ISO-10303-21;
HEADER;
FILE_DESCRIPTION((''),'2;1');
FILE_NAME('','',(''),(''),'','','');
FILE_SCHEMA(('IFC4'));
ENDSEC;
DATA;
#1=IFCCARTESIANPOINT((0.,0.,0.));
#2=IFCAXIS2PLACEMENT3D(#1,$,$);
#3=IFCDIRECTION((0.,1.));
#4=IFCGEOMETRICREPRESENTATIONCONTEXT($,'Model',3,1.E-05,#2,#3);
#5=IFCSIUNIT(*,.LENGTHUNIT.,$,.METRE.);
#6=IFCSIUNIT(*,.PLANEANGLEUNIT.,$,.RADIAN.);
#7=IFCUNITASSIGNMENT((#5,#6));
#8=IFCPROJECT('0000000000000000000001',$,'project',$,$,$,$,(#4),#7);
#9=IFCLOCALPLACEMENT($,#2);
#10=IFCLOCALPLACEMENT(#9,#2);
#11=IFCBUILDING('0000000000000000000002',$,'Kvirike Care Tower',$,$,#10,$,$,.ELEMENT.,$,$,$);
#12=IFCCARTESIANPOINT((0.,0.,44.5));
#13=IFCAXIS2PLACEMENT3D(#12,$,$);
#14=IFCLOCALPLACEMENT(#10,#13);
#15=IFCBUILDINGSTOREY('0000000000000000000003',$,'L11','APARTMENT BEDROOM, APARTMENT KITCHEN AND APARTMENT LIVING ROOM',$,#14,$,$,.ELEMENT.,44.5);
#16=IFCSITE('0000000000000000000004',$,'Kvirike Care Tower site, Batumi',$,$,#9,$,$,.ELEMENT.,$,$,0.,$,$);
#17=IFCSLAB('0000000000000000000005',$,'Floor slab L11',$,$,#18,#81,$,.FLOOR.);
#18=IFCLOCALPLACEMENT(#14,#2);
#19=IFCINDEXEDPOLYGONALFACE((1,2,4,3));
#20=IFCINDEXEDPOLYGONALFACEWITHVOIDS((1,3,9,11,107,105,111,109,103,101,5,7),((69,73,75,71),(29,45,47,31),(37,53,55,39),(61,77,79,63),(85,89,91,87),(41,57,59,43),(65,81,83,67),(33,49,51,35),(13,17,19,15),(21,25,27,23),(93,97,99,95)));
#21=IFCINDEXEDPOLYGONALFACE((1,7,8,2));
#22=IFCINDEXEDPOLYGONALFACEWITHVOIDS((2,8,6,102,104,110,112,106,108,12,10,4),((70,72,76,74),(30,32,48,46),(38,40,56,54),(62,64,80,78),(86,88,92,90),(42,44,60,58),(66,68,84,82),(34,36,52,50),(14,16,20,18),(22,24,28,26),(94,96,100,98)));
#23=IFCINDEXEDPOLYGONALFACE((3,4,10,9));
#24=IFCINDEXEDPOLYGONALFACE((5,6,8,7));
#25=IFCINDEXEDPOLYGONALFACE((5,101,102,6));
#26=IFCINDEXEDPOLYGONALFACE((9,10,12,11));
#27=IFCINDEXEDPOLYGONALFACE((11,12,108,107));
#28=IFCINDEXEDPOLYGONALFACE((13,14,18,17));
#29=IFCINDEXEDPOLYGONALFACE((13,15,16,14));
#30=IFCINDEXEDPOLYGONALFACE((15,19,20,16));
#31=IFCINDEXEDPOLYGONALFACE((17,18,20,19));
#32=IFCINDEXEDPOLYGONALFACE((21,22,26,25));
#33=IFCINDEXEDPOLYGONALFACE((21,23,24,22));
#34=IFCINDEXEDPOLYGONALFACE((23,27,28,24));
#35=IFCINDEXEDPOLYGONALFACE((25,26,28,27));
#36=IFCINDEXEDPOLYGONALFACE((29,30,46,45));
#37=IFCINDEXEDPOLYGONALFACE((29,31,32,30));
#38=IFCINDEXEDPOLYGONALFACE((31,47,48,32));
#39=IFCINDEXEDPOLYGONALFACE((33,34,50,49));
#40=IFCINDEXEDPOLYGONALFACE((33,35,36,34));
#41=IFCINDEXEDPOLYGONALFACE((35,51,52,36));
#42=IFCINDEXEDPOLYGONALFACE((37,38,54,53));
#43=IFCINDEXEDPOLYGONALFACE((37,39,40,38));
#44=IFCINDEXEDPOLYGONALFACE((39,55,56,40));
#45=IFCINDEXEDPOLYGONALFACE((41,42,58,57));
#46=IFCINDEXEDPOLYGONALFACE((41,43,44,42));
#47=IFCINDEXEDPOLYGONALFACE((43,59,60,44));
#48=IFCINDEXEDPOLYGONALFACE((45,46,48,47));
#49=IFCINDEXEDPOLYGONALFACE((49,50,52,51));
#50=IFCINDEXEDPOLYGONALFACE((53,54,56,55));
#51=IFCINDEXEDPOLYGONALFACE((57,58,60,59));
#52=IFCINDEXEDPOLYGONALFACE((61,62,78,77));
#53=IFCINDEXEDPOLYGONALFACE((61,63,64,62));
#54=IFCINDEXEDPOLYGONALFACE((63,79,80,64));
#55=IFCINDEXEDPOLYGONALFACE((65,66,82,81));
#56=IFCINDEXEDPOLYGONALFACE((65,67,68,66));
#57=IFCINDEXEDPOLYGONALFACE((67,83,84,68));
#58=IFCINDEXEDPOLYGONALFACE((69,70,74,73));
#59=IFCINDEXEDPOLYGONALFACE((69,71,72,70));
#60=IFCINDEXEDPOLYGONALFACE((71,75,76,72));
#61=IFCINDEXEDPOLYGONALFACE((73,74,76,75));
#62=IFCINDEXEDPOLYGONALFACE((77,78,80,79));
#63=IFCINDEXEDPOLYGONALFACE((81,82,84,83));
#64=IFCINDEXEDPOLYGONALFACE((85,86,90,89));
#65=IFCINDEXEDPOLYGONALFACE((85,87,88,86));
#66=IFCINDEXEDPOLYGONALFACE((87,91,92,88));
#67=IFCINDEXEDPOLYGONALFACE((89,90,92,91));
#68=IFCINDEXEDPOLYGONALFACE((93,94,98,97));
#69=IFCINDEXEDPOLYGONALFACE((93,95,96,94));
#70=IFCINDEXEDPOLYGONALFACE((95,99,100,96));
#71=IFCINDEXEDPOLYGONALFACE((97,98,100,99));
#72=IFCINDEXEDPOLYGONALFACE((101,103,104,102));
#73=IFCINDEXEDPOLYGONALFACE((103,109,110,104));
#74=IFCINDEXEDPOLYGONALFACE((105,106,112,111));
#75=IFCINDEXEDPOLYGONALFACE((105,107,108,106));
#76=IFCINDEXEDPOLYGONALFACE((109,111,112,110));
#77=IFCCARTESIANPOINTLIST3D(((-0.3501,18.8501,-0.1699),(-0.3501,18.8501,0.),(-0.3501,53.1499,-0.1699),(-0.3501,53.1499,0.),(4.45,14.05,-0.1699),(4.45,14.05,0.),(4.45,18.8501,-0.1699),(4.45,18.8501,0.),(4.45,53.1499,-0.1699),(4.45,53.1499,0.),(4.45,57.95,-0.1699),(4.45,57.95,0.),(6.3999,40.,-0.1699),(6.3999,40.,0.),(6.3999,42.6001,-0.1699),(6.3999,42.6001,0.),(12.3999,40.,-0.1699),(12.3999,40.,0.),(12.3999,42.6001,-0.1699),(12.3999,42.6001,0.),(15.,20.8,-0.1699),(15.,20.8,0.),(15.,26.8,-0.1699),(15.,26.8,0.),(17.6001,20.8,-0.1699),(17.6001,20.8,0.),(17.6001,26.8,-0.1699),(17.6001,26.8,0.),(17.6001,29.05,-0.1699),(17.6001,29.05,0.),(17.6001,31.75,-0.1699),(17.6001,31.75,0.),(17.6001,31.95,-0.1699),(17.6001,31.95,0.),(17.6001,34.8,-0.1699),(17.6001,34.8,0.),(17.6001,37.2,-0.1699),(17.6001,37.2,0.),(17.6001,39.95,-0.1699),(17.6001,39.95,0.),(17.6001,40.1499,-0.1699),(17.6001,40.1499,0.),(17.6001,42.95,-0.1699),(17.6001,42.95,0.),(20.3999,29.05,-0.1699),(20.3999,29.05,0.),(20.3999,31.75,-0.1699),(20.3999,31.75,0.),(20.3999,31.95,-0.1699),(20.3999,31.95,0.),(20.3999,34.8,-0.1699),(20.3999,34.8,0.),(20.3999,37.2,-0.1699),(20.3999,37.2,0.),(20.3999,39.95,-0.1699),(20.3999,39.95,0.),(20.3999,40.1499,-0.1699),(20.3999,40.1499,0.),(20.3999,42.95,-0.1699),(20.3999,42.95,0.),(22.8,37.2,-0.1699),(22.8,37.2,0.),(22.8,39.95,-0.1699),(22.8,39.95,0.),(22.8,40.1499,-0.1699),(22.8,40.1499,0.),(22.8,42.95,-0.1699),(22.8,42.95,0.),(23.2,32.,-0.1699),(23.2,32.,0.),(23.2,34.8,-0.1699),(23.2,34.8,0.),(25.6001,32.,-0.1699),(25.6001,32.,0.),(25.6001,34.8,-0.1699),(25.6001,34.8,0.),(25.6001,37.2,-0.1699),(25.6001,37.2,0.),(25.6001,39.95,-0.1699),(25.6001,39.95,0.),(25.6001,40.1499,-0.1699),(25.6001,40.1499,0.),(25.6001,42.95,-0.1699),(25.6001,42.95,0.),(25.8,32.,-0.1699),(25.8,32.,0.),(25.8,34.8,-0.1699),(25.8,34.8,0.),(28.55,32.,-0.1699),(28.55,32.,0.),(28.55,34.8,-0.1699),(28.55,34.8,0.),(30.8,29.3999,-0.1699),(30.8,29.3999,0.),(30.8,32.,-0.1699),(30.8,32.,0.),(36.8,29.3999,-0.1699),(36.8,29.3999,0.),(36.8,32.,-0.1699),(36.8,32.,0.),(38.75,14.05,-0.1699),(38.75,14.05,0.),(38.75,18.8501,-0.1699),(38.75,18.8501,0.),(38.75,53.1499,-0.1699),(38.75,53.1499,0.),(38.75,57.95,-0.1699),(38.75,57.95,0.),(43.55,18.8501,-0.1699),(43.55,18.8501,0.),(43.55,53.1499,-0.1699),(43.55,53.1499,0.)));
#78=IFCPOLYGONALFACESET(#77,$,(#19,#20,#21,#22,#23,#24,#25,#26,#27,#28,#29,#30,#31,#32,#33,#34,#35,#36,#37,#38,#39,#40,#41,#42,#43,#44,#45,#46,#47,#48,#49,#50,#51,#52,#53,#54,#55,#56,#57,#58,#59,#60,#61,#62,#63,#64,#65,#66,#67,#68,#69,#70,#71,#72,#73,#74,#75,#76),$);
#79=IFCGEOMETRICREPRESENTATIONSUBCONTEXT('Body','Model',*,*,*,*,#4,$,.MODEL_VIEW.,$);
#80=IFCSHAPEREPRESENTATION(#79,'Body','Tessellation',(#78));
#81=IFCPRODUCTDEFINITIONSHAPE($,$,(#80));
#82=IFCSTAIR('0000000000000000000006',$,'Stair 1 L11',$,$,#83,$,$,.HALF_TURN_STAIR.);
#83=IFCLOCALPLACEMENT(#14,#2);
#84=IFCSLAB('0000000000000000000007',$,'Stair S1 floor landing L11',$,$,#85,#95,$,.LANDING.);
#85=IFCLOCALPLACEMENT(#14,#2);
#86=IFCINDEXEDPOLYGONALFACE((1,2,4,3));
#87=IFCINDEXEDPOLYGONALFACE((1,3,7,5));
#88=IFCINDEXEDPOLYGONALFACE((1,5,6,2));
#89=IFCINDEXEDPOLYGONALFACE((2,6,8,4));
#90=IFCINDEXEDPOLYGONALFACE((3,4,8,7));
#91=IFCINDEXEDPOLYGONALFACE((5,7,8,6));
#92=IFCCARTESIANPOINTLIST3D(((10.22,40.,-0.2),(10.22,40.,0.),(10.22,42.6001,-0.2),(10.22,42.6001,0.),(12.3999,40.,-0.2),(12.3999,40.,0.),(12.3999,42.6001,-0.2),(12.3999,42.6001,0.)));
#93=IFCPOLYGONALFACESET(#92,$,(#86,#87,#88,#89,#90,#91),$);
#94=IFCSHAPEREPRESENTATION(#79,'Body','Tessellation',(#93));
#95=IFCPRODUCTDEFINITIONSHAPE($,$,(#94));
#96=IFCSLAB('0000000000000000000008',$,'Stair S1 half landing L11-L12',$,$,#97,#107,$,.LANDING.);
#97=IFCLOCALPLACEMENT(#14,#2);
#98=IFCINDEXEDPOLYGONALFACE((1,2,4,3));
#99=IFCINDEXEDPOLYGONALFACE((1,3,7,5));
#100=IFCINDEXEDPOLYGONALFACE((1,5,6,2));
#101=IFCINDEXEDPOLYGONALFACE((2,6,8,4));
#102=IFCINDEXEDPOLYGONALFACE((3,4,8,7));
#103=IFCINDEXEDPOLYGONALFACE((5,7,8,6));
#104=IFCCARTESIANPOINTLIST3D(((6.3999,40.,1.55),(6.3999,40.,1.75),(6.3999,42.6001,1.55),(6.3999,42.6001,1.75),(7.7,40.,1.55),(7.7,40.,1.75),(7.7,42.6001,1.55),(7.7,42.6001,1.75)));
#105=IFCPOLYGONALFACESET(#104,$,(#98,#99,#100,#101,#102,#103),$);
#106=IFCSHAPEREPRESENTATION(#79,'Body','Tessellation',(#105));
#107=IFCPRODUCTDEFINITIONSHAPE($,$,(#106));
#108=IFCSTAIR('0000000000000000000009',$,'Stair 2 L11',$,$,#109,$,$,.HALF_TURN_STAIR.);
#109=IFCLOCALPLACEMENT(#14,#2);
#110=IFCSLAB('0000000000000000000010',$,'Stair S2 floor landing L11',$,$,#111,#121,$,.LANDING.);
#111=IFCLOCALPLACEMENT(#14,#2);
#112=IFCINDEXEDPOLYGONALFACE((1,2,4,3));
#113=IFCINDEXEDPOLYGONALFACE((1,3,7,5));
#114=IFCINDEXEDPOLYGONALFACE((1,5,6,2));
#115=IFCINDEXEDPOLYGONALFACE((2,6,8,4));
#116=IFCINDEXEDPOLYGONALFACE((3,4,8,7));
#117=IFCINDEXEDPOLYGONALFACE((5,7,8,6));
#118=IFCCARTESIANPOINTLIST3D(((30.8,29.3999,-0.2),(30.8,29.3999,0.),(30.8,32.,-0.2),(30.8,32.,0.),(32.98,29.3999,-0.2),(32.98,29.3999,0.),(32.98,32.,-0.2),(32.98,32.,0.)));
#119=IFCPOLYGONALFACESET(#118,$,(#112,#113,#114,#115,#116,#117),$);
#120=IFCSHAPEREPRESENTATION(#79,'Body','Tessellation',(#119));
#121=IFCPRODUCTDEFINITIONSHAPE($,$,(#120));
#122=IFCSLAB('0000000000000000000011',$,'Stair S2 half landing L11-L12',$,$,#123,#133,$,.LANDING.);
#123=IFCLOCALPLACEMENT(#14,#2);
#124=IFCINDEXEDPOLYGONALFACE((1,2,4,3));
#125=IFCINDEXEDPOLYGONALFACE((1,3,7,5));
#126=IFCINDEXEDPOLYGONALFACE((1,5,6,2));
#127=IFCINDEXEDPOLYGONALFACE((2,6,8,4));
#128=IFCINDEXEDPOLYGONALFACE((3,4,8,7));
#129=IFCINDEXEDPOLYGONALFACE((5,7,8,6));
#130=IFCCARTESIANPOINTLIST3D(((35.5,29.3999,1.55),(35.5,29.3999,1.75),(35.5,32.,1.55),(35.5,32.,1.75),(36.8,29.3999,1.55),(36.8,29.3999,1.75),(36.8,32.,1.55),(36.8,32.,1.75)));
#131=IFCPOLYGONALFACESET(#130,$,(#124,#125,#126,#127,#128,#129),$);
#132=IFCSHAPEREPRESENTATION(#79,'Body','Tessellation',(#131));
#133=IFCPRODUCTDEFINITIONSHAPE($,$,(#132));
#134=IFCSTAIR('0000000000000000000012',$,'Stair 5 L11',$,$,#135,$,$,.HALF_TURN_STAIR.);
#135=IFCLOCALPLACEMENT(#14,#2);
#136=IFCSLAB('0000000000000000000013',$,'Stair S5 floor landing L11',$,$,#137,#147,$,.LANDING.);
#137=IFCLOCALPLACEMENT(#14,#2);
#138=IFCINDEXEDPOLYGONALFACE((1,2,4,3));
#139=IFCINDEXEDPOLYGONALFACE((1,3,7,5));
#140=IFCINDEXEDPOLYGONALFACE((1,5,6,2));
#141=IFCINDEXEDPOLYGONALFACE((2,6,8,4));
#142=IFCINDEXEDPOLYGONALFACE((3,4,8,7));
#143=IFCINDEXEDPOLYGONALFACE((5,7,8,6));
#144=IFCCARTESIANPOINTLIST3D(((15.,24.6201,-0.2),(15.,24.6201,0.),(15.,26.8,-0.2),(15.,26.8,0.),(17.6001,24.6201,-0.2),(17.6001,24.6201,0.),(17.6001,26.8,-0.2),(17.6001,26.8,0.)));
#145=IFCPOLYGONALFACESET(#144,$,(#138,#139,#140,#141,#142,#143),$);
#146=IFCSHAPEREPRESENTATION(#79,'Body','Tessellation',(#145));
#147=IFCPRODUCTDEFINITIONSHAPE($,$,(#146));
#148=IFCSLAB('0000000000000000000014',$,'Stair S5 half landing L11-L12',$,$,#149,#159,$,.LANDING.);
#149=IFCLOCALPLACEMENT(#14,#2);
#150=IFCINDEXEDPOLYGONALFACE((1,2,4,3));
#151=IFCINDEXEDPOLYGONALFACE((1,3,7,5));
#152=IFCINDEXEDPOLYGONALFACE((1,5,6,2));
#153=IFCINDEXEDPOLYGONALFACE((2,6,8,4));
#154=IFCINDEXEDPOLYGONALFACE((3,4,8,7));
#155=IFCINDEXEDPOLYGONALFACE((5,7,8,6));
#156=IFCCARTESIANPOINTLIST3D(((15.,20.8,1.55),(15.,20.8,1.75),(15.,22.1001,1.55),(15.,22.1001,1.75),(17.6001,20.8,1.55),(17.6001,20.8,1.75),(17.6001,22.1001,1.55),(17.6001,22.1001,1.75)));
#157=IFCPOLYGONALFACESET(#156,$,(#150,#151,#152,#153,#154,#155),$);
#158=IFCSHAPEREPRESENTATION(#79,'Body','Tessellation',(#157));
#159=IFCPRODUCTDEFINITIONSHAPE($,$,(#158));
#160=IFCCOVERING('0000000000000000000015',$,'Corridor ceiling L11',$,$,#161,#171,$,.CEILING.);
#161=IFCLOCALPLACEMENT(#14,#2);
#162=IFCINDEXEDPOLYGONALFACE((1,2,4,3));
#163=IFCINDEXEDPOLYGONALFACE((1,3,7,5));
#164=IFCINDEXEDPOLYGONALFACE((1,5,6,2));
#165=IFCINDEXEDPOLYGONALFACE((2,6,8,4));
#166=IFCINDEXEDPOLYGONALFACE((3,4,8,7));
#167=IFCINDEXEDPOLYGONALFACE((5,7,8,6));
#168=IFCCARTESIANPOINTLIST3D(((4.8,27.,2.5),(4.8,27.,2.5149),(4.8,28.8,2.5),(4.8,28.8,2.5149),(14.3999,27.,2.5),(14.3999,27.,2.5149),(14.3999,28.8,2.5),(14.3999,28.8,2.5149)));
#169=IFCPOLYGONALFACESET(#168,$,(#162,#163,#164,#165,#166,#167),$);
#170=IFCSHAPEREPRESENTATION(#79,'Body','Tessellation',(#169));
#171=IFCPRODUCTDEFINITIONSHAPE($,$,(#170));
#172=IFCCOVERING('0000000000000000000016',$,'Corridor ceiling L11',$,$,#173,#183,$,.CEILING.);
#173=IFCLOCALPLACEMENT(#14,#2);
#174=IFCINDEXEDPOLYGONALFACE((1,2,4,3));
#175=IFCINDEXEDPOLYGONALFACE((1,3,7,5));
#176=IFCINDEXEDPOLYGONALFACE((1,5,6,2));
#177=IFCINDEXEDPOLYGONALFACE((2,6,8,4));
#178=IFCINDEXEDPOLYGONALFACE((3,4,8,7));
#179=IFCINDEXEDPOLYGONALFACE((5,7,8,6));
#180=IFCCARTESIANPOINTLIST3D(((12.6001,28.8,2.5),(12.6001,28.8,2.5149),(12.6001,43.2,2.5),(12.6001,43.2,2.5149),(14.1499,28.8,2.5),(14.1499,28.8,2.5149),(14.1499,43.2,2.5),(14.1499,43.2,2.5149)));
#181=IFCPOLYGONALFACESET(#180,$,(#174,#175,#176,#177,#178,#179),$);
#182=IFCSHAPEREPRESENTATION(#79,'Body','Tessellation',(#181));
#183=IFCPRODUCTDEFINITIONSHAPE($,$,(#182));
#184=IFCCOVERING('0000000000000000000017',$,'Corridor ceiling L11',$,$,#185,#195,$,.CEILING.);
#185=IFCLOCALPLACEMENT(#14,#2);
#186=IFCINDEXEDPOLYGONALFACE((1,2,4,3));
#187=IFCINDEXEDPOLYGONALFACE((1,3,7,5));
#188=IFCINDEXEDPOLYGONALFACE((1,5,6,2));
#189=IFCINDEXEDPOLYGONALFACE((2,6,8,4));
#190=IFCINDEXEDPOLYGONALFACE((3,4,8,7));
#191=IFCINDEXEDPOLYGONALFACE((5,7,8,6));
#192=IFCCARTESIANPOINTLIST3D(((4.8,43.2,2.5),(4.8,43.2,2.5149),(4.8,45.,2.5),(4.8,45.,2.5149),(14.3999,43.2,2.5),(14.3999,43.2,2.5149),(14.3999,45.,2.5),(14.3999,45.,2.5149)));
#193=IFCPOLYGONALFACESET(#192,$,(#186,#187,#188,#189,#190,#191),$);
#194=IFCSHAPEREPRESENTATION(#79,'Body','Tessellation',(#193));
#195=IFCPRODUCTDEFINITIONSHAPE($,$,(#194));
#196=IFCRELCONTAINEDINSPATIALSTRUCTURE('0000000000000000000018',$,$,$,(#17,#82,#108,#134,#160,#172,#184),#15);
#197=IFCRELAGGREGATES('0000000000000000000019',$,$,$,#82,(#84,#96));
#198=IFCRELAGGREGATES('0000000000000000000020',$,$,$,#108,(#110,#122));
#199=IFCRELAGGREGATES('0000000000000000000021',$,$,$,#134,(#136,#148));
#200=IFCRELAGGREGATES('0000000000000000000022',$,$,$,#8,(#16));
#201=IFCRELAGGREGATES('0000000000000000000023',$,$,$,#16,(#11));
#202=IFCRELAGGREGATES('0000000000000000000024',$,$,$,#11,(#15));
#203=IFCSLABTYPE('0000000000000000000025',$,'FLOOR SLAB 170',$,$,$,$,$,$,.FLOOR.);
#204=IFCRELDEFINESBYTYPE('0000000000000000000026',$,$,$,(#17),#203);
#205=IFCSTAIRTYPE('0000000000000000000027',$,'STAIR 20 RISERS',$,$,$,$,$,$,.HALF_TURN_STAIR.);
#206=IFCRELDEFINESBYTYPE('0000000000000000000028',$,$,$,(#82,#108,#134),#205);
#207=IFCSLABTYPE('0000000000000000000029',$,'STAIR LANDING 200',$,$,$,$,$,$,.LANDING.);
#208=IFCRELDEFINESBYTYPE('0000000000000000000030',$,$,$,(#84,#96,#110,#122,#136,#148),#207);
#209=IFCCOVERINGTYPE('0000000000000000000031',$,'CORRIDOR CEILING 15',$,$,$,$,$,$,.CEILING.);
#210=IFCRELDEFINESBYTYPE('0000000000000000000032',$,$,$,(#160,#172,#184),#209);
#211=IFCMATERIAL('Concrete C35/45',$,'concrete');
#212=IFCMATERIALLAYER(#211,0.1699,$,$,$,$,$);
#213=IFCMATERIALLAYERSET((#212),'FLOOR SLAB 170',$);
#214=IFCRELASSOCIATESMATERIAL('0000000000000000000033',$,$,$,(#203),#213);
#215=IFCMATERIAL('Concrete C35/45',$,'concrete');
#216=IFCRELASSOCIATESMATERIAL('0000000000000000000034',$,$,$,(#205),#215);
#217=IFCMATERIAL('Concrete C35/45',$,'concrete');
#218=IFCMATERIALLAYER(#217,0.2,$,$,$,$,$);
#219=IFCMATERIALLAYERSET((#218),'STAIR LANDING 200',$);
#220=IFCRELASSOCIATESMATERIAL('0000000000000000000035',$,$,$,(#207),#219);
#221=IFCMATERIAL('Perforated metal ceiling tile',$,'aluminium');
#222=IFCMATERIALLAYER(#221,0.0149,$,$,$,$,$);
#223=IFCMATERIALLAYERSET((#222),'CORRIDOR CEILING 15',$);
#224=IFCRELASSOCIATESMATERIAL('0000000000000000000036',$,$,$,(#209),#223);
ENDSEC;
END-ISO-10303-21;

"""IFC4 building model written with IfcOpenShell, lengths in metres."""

from ifc_helpers import new_model, si_unit, direction, frame, origin, place, context, subcontext, project, spatial, polyline, outline, extrude, material, layer, layer_set, type_object, element, aggregate, save


model = new_model("IFC4")

# Units and contexts
model_context = context("Model", 3, precision=1e-05, world=origin(), true_north=direction((0.0, 1.0)))
body_context = subcontext(model_context, "Body", "Model", "MODEL_VIEW")
ifc_project = project(units=[si_unit("LENGTHUNIT", "METRE"), si_unit("PLANEANGLEUNIT", "RADIAN")], contexts=[model_context])

# Site, building, storey
site_placement = place(None, origin())
site = spatial("IfcSite", under=ifc_project, at=site_placement, Name="Kvirike Care Tower site, Batumi", CompositionType="ELEMENT", RefElevation=0.0)
building_placement = place(site_placement, origin())
building = spatial("IfcBuilding", under=site, at=building_placement, Name="Kvirike Care Tower", CompositionType="ELEMENT")
storey_placement = place(building_placement, frame((0.0, 0.0, 44.5)))
storey = spatial("IfcBuildingStorey", under=building, at=storey_placement, Name="L11", Description="APARTMENT BEDROOM, APARTMENT KITCHEN AND APARTMENT LIVING ROOM", CompositionType="ELEMENT", Elevation=44.5)

# Slab
ifc_material_1 = material(Name="Concrete C35/45", Category="concrete")
ifc_layer_1 = layer(ifc_material_1, 0.1699)
ifc_layer_set_1 = layer_set([ifc_layer_1], Name="FLOOR SLAB 170")
slab_type_1 = type_object("IfcSlabType", Name="FLOOR SLAB 170", PredefinedType="FLOOR", material=ifc_layer_set_1)
slab_1_placement = place(storey_placement, frame((0.0, 0.0, -0.1699)))
element("IfcSlab", 1, at=slab_1_placement, inside=storey, type_object=slab_type_1, Name="Floor slab L11", PredefinedType="FLOOR", context=body_context, shape_type="SweptSolid", body=[
    extrude(outline(polyline([(-0.3501, 53.1499), (-0.3501, 18.8501), (4.45, 18.8501), (4.45, 14.05), (38.75, 14.05), (38.75, 18.8501), (43.55, 18.8501), (43.55, 53.1499), (38.75, 53.1499), (38.75, 57.95), (4.45, 57.95), (4.45, 53.1499), (-0.3501, 53.1499)]), holes=[polyline([(17.6001, 29.05), (17.6001, 31.75), (20.3999, 31.75), (20.3999, 29.05), (17.6001, 29.05)]), polyline([(17.6001, 31.95), (17.6001, 34.8), (20.3999, 34.8), (20.3999, 31.95), (17.6001, 31.95)]), polyline([(17.6001, 37.2), (17.6001, 39.95), (20.3999, 39.95), (20.3999, 37.2), (17.6001, 37.2)]), polyline([(17.6001, 40.1499), (17.6001, 42.95), (20.3999, 42.95), (20.3999, 40.1499), (17.6001, 40.1499)]), polyline([(22.8, 37.2), (22.8, 39.95), (25.6001, 39.95), (25.6001, 37.2), (22.8, 37.2)]), polyline([(22.8, 40.1499), (22.8, 42.95), (25.6001, 42.95), (25.6001, 40.1499), (22.8, 40.1499)]), polyline([(23.2, 32.0), (23.2, 34.8), (25.6001, 34.8), (25.6001, 32.0), (23.2, 32.0)]), polyline([(25.8, 32.0), (25.8, 34.8), (28.55, 34.8), (28.55, 32.0), (25.8, 32.0)]), polyline([(12.3999, 42.6001), (12.3999, 40.0), (6.3999, 40.0), (6.3999, 42.6001), (12.3999, 42.6001)]), polyline([(30.8, 29.3999), (30.8, 32.0), (36.8, 32.0), (36.8, 29.3999), (30.8, 29.3999)]), polyline([(15.0, 26.8), (17.6001, 26.8), (17.6001, 20.8), (15.0, 20.8), (15.0, 26.8)])]), origin(), (0.0, 0.0, 1.0), 0.1699),
])

# Stairs, slabs
ifc_material_2 = material(Name="Concrete C35/45", Category="concrete")
stair_type = type_object("IfcStairType", Name="STAIR 20 RISERS", PredefinedType="HALF_TURN_STAIR", material=ifc_material_2)
stair_1_placement = place(storey_placement, origin())
stair_1 = element("IfcStair", 2, at=stair_1_placement, inside=storey, type_object=stair_type, Name="Stair 1 L11", PredefinedType="HALF_TURN_STAIR")
ifc_material_3 = material(Name="Concrete C35/45", Category="concrete")
ifc_layer_2 = layer(ifc_material_3, 0.2)
ifc_layer_set_2 = layer_set([ifc_layer_2], Name="STAIR LANDING 200")
slab_type_2 = type_object("IfcSlabType", Name="STAIR LANDING 200", PredefinedType="LANDING", material=ifc_layer_set_2)
slab_2_placement = place(storey_placement, frame((0.0, 0.0, -0.2)))
slab_2 = element("IfcSlab", 3, at=slab_2_placement, type_object=slab_type_2, Name="Stair S1 floor landing L11", PredefinedType="LANDING", context=body_context, shape_type="SweptSolid", body=[
    extrude(outline(polyline([(10.22, 42.6001), (10.22, 40.0), (12.3999, 40.0), (12.3999, 42.6001), (10.22, 42.6001)])), origin(), (0.0, 0.0, 1.0), 0.2),
])
slab_3_placement = place(storey_placement, frame((0.0, 0.0, 1.55)))
slab_3 = element("IfcSlab", 4, at=slab_3_placement, type_object=slab_type_2, Name="Stair S1 half landing L11-L12", PredefinedType="LANDING", context=body_context, shape_type="SweptSolid", body=[
    extrude(outline(polyline([(6.3999, 42.6001), (6.3999, 40.0), (7.7, 40.0), (7.7, 42.6001), (6.3999, 42.6001)])), origin(), (0.0, 0.0, 1.0), 0.2),
])
aggregate(stair_1, [slab_2, slab_3])
stair_2_placement = place(storey_placement, origin())
stair_2 = element("IfcStair", 5, at=stair_2_placement, inside=storey, type_object=stair_type, Name="Stair 2 L11", PredefinedType="HALF_TURN_STAIR")
slab_4_placement = place(storey_placement, frame((0.0, 0.0, -0.2)))
slab_4 = element("IfcSlab", 6, at=slab_4_placement, type_object=slab_type_2, Name="Stair S2 floor landing L11", PredefinedType="LANDING", context=body_context, shape_type="SweptSolid", body=[
    extrude(outline(polyline([(32.98, 29.3999), (32.98, 32.0), (30.8, 32.0), (30.8, 29.3999), (32.98, 29.3999)])), origin(), (0.0, 0.0, 1.0), 0.2),
])
slab_5_placement = place(storey_placement, frame((0.0, 0.0, 1.55)))
slab_5 = element("IfcSlab", 7, at=slab_5_placement, type_object=slab_type_2, Name="Stair S2 half landing L11-L12", PredefinedType="LANDING", context=body_context, shape_type="SweptSolid", body=[
    extrude(outline(polyline([(36.8, 29.3999), (36.8, 32.0), (35.5, 32.0), (35.5, 29.3999), (36.8, 29.3999)])), origin(), (0.0, 0.0, 1.0), 0.2),
])
aggregate(stair_2, [slab_4, slab_5])
stair_3_placement = place(storey_placement, origin())
stair_3 = element("IfcStair", 8, at=stair_3_placement, inside=storey, type_object=stair_type, Name="Stair 5 L11", PredefinedType="HALF_TURN_STAIR")
slab_6_placement = place(storey_placement, frame((0.0, 0.0, -0.2)))
slab_6 = element("IfcSlab", 9, at=slab_6_placement, type_object=slab_type_2, Name="Stair S5 floor landing L11", PredefinedType="LANDING", context=body_context, shape_type="SweptSolid", body=[
    extrude(outline(polyline([(15.0, 24.6201), (17.6001, 24.6201), (17.6001, 26.8), (15.0, 26.8), (15.0, 24.6201)])), origin(), (0.0, 0.0, 1.0), 0.2),
])
slab_7_placement = place(storey_placement, frame((0.0, 0.0, 1.55)))
slab_7 = element("IfcSlab", 10, at=slab_7_placement, type_object=slab_type_2, Name="Stair S5 half landing L11-L12", PredefinedType="LANDING", context=body_context, shape_type="SweptSolid", body=[
    extrude(outline(polyline([(15.0, 20.8), (17.6001, 20.8), (17.6001, 22.1001), (15.0, 22.1001), (15.0, 20.8)])), origin(), (0.0, 0.0, 1.0), 0.2),
])
aggregate(stair_3, [slab_6, slab_7])

# Coverings
ifc_material_4 = material(Name="Perforated metal ceiling tile", Category="aluminium")
ifc_layer_3 = layer(ifc_material_4, 0.0149)
ifc_layer_set_3 = layer_set([ifc_layer_3], Name="CORRIDOR CEILING 15")
covering_type_1 = type_object("IfcCoveringType", Name="CORRIDOR CEILING 15", PredefinedType="CEILING", material=ifc_layer_set_3)
covering_1_placement = place(storey_placement, frame((0.0, 0.0, 2.5)))
element("IfcCovering", 11, at=covering_1_placement, inside=storey, type_object=covering_type_1, Name="Corridor ceiling L11", PredefinedType="CEILING", context=body_context, shape_type="SweptSolid", body=[
    extrude(outline(polyline([(4.8, 27.0), (4.8, 28.8), (14.3999, 28.8), (14.3999, 27.0), (4.8, 27.0)])), origin(), (0.0, 0.0, 1.0), 0.0149),
])
covering_2_placement = place(storey_placement, frame((0.0, 0.0, 2.5)))
element("IfcCovering", 12, at=covering_2_placement, inside=storey, type_object=covering_type_1, Name="Corridor ceiling L11", PredefinedType="CEILING", context=body_context, shape_type="SweptSolid", body=[
    extrude(outline(polyline([(12.6001, 43.2), (14.1499, 43.2), (14.1499, 28.8), (12.6001, 28.8), (12.6001, 43.2)])), origin(), (0.0, 0.0, 1.0), 0.0149),
])
covering_3_placement = place(storey_placement, frame((0.0, 0.0, 2.5)))
element("IfcCovering", 13, at=covering_3_placement, inside=storey, type_object=covering_type_1, Name="Corridor ceiling L11", PredefinedType="CEILING", context=body_context, shape_type="SweptSolid", body=[
    extrude(outline(polyline([(14.3999, 45.0), (14.3999, 43.2), (4.8, 43.2), (4.8, 45.0), (14.3999, 45.0)])), origin(), (0.0, 0.0, 1.0), 0.0149),
])

save(model, "model.ifc")
